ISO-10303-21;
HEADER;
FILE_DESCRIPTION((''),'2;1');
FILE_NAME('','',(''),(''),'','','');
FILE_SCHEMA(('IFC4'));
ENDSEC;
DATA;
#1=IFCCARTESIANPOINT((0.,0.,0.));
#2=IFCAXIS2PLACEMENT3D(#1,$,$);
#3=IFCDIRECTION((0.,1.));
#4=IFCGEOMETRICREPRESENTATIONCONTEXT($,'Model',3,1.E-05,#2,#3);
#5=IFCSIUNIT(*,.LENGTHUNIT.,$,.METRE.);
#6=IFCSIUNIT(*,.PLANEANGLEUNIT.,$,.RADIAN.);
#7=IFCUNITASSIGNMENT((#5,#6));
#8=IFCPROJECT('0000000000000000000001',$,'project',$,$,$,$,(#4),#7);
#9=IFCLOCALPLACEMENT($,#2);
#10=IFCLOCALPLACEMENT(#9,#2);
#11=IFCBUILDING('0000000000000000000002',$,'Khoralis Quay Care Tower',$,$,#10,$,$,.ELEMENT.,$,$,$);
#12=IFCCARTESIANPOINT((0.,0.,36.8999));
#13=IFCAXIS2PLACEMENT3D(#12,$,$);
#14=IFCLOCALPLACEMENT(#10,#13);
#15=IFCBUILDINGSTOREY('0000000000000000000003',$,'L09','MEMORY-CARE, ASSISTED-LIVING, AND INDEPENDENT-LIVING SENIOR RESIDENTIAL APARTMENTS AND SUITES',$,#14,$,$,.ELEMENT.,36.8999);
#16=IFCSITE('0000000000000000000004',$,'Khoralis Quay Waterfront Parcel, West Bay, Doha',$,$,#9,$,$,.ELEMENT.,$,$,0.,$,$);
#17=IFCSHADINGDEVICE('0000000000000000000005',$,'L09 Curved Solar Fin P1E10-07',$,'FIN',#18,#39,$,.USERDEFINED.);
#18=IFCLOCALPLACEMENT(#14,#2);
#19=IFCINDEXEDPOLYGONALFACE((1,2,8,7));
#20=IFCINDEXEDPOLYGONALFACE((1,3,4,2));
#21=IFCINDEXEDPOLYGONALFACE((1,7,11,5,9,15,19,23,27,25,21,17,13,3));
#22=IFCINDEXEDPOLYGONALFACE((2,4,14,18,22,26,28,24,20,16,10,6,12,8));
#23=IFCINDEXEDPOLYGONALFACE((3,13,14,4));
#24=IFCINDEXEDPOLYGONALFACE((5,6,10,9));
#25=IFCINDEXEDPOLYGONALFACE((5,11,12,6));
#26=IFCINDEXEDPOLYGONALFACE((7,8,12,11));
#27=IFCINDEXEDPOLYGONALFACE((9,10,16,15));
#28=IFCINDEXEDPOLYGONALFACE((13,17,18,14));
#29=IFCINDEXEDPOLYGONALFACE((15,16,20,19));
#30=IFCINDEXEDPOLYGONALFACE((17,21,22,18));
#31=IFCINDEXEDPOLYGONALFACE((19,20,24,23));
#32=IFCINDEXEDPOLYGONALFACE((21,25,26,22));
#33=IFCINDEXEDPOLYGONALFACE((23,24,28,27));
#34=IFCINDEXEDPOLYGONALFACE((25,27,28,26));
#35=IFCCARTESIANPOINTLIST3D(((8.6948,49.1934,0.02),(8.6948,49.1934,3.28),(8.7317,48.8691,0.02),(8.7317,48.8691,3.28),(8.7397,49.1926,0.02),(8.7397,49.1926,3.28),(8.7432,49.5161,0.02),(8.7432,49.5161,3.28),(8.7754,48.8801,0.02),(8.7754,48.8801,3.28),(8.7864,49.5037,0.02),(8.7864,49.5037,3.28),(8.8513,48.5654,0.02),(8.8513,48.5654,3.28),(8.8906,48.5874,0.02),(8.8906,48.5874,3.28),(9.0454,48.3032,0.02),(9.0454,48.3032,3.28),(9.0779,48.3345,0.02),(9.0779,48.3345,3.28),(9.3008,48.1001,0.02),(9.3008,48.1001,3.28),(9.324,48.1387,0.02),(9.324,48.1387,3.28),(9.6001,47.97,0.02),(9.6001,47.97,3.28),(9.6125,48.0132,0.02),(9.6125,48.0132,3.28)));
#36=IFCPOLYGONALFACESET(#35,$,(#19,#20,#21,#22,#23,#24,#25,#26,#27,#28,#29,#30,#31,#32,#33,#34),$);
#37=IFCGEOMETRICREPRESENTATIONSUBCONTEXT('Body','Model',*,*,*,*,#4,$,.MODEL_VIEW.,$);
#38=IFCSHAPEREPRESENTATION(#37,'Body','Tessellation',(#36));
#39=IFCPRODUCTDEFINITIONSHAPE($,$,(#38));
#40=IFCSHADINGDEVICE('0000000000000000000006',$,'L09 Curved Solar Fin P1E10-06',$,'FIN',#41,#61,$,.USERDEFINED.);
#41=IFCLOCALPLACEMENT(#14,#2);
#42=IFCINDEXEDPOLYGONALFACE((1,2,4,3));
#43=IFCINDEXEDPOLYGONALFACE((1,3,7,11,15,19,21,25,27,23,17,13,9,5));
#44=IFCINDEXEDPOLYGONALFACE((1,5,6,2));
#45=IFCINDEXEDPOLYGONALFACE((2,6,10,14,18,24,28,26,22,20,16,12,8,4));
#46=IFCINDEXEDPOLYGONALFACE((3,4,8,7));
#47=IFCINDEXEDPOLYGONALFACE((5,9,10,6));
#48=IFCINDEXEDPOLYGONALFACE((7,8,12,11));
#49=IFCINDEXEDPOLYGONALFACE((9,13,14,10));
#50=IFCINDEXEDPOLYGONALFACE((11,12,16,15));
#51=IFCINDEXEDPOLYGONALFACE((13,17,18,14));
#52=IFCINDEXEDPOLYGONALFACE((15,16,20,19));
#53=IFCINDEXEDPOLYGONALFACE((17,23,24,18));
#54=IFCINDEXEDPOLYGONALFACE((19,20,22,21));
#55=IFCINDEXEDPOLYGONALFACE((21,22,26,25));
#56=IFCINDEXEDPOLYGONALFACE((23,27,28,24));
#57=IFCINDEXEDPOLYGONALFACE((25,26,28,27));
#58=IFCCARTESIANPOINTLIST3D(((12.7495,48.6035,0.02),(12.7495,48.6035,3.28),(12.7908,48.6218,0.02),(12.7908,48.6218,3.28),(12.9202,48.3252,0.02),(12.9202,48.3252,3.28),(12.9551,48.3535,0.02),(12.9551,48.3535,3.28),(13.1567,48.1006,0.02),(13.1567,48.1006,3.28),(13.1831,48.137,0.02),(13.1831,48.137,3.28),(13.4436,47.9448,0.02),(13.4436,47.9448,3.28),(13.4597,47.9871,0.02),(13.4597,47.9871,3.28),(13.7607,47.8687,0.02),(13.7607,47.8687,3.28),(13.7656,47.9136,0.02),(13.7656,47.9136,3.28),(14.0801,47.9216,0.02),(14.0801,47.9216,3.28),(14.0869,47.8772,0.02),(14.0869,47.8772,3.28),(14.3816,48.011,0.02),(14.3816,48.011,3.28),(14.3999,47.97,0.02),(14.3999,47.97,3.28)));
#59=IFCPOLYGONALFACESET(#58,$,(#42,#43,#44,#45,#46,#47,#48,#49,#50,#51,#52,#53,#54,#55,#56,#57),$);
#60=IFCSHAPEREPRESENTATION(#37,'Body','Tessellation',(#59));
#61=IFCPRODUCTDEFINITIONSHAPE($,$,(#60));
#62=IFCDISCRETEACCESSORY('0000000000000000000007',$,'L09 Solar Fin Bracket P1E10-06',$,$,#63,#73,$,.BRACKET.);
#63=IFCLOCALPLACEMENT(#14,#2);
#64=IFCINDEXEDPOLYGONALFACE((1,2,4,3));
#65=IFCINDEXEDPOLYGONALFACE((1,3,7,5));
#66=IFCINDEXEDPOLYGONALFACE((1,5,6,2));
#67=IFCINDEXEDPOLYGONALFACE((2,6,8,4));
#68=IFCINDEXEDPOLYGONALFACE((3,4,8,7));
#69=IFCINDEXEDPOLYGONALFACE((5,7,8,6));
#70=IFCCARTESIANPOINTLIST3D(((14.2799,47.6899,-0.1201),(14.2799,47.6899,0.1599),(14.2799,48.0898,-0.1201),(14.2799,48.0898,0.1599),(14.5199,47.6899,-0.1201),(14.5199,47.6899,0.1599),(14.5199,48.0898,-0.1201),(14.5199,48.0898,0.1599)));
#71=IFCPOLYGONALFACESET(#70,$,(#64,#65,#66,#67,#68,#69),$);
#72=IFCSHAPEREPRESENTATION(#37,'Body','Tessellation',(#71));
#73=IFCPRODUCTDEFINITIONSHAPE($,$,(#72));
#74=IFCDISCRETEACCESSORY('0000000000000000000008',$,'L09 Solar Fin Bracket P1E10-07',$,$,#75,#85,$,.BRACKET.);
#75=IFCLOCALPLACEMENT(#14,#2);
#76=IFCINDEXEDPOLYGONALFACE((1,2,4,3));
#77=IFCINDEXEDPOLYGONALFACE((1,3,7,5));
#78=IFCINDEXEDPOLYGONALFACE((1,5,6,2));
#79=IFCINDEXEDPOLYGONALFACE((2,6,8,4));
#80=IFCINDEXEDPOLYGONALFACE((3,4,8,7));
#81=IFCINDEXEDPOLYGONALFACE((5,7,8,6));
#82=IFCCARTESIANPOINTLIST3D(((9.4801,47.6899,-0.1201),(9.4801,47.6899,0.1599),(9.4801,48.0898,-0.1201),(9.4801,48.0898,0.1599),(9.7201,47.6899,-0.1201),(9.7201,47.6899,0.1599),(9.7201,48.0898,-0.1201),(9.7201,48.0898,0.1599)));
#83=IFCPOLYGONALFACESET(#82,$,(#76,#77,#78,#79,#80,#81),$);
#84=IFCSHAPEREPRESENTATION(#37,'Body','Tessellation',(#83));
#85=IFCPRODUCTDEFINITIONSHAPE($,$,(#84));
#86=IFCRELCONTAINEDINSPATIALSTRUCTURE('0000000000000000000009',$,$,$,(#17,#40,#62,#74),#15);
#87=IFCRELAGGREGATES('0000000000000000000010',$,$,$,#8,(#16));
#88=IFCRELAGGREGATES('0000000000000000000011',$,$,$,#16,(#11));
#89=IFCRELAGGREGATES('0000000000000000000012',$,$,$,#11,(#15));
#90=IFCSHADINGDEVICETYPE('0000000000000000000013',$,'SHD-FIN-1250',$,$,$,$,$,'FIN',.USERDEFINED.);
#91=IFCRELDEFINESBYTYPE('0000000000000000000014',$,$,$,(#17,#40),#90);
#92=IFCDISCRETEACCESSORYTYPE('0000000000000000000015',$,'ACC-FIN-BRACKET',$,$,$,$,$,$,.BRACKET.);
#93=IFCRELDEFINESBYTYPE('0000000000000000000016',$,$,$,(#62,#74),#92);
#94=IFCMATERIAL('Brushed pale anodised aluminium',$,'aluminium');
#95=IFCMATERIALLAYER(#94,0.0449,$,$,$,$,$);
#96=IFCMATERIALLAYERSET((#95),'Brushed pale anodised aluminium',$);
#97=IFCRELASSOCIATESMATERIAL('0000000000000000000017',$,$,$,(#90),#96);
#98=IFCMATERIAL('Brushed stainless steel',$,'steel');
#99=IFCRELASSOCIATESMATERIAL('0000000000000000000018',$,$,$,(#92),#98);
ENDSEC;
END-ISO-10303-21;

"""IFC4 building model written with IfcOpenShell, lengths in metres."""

from ifc_helpers import new_model, si_unit, direction, frame, origin, origin_2d, place, context, subcontext, project, spatial, polyline, rectangle, outline, extrude, source, transform, mapped, material, layer, layer_set, type_object, element, save


model = new_model("IFC4")

# Units and contexts
model_context = context("Model", 3, precision=1e-05, world=origin(), true_north=direction((0.0, 1.0)))
body_context = subcontext(model_context, "Body", "Model", "MODEL_VIEW")
ifc_project = project(units=[si_unit("LENGTHUNIT", "METRE"), si_unit("PLANEANGLEUNIT", "RADIAN")], contexts=[model_context])

# Site, building, storey
site_placement = place(None, origin())
site = spatial("IfcSite", under=ifc_project, at=site_placement, Name="Khoralis Quay Waterfront Parcel, West Bay, Doha", CompositionType="ELEMENT", RefElevation=0.0)
building_placement = place(site_placement, origin())
building = spatial("IfcBuilding", under=site, at=building_placement, Name="Khoralis Quay Care Tower", CompositionType="ELEMENT")
storey_placement = place(building_placement, frame((0.0, 0.0, 36.8999)))
storey = spatial("IfcBuildingStorey", under=building, at=storey_placement, Name="L09", Description="MEMORY-CARE, ASSISTED-LIVING, AND INDEPENDENT-LIVING SENIOR RESIDENTIAL APARTMENTS AND SUITES", CompositionType="ELEMENT", Elevation=36.8999)

# Shading devices
ifc_material_1 = material(Name="Brushed pale anodised aluminium", Category="aluminium")
ifc_layer_1 = layer(ifc_material_1, 0.0449)
ifc_layer_set_1 = layer_set([ifc_layer_1], Name="Brushed pale anodised aluminium")
shading_device_type = type_object("IfcShadingDeviceType", Name="SHD-FIN-1250", ElementType="FIN", PredefinedType="USERDEFINED", material=ifc_layer_set_1)
shared_shape_1 = source(origin(), body_context, "Body", "SweptSolid", [
    extrude(outline(polyline([(0.0, 0.0), (0.1301, 0.2993), (0.3333, 0.5547), (0.5955, 0.7488), (0.8992, 0.8684), (1.2234, 0.9053), (1.5461, 0.8569), (1.5337, 0.8137), (1.2227, 0.8604), (0.9102, 0.8247), (0.6174, 0.7095), (0.3645, 0.5222), (0.1687, 0.2761), (0.0432, -0.0125), (0.0, 0.0)])), origin(), (0.0, 0.0, 1.0), 3.26),
])
shading_device_1_placement = place(storey_placement, frame((9.6001, 47.97, 0.02), z_axis=(0.0, 0.0, 1.0), x_axis=(0.0, 1.0, 0.0)))
element("IfcShadingDevice", 1, at=shading_device_1_placement, inside=storey, type_object=shading_device_type, Name="L09 Curved Solar Fin P1E10-07", ObjectType="FIN", PredefinedType="USERDEFINED", context=body_context, shape_type="MappedRepresentation", body=[
    mapped(shared_shape_1, transform((0.0, 0.0, 0.0), scale=1.0)),
])
shared_shape_2 = source(origin(), body_context, "Body", "SweptSolid", [
    extrude(outline(polyline([(0.0, 0.0), (-0.0928, 0.313), (-0.1013, 0.6392), (-0.0251, 0.9563), (0.1306, 1.2432), (0.3552, 1.4797), (0.6335, 1.6504), (0.6519, 1.6091), (0.3835, 1.4448), (0.167, 1.2168), (0.0171, 0.9402), (-0.0564, 0.6343), (-0.0483, 0.3198), (0.041, 0.0183), (0.0, 0.0)])), origin(), (0.0, 0.0, 1.0), 3.26),
])
shading_device_2_placement = place(storey_placement, frame((14.3999, 47.97, 0.02), z_axis=(0.0, 0.0, 1.0), x_axis=(0.0, 1.0, 0.0)))
element("IfcShadingDevice", 2, at=shading_device_2_placement, inside=storey, type_object=shading_device_type, Name="L09 Curved Solar Fin P1E10-06", ObjectType="FIN", PredefinedType="USERDEFINED", context=body_context, shape_type="MappedRepresentation", body=[
    mapped(shared_shape_2, transform((0.0, 0.0, 0.0), scale=1.0)),
])

# Discrete accessories
ifc_material_2 = material(Name="Brushed stainless steel", Category="steel")
discrete_accessory_type = type_object("IfcDiscreteAccessoryType", Name="ACC-FIN-BRACKET", PredefinedType="BRACKET", material=ifc_material_2)
shared_shape_3 = source(origin(), body_context, "Body", "SweptSolid", [
    extrude(rectangle(XDim=0.3999, YDim=0.24, at=origin_2d()), origin(), (0.0, 0.0, 1.0), 0.28),
])
for number, where, z_axis, x_axis, name in (
    (3, (14.3999, 47.8899, -0.1201), (0.0, 0.0, 1.0), (0.0, 1.0, 0.0), "L09 Solar Fin Bracket P1E10-06"),
    (4, (9.6001, 47.8899, -0.1201), (0.0, 0.0, 1.0), (0.0, 1.0, 0.0), "L09 Solar Fin Bracket P1E10-07"),
):
    element("IfcDiscreteAccessory", number, at=place(storey_placement, frame(where, z_axis=z_axis, x_axis=x_axis)), inside=storey, type_object=discrete_accessory_type, Name=name, PredefinedType="BRACKET", context=body_context, shape_type="MappedRepresentation", body=[
        mapped(shared_shape_3, transform((0.0, 0.0, 0.0), scale=1.0)),
    ])

save(model, "model.ifc")
